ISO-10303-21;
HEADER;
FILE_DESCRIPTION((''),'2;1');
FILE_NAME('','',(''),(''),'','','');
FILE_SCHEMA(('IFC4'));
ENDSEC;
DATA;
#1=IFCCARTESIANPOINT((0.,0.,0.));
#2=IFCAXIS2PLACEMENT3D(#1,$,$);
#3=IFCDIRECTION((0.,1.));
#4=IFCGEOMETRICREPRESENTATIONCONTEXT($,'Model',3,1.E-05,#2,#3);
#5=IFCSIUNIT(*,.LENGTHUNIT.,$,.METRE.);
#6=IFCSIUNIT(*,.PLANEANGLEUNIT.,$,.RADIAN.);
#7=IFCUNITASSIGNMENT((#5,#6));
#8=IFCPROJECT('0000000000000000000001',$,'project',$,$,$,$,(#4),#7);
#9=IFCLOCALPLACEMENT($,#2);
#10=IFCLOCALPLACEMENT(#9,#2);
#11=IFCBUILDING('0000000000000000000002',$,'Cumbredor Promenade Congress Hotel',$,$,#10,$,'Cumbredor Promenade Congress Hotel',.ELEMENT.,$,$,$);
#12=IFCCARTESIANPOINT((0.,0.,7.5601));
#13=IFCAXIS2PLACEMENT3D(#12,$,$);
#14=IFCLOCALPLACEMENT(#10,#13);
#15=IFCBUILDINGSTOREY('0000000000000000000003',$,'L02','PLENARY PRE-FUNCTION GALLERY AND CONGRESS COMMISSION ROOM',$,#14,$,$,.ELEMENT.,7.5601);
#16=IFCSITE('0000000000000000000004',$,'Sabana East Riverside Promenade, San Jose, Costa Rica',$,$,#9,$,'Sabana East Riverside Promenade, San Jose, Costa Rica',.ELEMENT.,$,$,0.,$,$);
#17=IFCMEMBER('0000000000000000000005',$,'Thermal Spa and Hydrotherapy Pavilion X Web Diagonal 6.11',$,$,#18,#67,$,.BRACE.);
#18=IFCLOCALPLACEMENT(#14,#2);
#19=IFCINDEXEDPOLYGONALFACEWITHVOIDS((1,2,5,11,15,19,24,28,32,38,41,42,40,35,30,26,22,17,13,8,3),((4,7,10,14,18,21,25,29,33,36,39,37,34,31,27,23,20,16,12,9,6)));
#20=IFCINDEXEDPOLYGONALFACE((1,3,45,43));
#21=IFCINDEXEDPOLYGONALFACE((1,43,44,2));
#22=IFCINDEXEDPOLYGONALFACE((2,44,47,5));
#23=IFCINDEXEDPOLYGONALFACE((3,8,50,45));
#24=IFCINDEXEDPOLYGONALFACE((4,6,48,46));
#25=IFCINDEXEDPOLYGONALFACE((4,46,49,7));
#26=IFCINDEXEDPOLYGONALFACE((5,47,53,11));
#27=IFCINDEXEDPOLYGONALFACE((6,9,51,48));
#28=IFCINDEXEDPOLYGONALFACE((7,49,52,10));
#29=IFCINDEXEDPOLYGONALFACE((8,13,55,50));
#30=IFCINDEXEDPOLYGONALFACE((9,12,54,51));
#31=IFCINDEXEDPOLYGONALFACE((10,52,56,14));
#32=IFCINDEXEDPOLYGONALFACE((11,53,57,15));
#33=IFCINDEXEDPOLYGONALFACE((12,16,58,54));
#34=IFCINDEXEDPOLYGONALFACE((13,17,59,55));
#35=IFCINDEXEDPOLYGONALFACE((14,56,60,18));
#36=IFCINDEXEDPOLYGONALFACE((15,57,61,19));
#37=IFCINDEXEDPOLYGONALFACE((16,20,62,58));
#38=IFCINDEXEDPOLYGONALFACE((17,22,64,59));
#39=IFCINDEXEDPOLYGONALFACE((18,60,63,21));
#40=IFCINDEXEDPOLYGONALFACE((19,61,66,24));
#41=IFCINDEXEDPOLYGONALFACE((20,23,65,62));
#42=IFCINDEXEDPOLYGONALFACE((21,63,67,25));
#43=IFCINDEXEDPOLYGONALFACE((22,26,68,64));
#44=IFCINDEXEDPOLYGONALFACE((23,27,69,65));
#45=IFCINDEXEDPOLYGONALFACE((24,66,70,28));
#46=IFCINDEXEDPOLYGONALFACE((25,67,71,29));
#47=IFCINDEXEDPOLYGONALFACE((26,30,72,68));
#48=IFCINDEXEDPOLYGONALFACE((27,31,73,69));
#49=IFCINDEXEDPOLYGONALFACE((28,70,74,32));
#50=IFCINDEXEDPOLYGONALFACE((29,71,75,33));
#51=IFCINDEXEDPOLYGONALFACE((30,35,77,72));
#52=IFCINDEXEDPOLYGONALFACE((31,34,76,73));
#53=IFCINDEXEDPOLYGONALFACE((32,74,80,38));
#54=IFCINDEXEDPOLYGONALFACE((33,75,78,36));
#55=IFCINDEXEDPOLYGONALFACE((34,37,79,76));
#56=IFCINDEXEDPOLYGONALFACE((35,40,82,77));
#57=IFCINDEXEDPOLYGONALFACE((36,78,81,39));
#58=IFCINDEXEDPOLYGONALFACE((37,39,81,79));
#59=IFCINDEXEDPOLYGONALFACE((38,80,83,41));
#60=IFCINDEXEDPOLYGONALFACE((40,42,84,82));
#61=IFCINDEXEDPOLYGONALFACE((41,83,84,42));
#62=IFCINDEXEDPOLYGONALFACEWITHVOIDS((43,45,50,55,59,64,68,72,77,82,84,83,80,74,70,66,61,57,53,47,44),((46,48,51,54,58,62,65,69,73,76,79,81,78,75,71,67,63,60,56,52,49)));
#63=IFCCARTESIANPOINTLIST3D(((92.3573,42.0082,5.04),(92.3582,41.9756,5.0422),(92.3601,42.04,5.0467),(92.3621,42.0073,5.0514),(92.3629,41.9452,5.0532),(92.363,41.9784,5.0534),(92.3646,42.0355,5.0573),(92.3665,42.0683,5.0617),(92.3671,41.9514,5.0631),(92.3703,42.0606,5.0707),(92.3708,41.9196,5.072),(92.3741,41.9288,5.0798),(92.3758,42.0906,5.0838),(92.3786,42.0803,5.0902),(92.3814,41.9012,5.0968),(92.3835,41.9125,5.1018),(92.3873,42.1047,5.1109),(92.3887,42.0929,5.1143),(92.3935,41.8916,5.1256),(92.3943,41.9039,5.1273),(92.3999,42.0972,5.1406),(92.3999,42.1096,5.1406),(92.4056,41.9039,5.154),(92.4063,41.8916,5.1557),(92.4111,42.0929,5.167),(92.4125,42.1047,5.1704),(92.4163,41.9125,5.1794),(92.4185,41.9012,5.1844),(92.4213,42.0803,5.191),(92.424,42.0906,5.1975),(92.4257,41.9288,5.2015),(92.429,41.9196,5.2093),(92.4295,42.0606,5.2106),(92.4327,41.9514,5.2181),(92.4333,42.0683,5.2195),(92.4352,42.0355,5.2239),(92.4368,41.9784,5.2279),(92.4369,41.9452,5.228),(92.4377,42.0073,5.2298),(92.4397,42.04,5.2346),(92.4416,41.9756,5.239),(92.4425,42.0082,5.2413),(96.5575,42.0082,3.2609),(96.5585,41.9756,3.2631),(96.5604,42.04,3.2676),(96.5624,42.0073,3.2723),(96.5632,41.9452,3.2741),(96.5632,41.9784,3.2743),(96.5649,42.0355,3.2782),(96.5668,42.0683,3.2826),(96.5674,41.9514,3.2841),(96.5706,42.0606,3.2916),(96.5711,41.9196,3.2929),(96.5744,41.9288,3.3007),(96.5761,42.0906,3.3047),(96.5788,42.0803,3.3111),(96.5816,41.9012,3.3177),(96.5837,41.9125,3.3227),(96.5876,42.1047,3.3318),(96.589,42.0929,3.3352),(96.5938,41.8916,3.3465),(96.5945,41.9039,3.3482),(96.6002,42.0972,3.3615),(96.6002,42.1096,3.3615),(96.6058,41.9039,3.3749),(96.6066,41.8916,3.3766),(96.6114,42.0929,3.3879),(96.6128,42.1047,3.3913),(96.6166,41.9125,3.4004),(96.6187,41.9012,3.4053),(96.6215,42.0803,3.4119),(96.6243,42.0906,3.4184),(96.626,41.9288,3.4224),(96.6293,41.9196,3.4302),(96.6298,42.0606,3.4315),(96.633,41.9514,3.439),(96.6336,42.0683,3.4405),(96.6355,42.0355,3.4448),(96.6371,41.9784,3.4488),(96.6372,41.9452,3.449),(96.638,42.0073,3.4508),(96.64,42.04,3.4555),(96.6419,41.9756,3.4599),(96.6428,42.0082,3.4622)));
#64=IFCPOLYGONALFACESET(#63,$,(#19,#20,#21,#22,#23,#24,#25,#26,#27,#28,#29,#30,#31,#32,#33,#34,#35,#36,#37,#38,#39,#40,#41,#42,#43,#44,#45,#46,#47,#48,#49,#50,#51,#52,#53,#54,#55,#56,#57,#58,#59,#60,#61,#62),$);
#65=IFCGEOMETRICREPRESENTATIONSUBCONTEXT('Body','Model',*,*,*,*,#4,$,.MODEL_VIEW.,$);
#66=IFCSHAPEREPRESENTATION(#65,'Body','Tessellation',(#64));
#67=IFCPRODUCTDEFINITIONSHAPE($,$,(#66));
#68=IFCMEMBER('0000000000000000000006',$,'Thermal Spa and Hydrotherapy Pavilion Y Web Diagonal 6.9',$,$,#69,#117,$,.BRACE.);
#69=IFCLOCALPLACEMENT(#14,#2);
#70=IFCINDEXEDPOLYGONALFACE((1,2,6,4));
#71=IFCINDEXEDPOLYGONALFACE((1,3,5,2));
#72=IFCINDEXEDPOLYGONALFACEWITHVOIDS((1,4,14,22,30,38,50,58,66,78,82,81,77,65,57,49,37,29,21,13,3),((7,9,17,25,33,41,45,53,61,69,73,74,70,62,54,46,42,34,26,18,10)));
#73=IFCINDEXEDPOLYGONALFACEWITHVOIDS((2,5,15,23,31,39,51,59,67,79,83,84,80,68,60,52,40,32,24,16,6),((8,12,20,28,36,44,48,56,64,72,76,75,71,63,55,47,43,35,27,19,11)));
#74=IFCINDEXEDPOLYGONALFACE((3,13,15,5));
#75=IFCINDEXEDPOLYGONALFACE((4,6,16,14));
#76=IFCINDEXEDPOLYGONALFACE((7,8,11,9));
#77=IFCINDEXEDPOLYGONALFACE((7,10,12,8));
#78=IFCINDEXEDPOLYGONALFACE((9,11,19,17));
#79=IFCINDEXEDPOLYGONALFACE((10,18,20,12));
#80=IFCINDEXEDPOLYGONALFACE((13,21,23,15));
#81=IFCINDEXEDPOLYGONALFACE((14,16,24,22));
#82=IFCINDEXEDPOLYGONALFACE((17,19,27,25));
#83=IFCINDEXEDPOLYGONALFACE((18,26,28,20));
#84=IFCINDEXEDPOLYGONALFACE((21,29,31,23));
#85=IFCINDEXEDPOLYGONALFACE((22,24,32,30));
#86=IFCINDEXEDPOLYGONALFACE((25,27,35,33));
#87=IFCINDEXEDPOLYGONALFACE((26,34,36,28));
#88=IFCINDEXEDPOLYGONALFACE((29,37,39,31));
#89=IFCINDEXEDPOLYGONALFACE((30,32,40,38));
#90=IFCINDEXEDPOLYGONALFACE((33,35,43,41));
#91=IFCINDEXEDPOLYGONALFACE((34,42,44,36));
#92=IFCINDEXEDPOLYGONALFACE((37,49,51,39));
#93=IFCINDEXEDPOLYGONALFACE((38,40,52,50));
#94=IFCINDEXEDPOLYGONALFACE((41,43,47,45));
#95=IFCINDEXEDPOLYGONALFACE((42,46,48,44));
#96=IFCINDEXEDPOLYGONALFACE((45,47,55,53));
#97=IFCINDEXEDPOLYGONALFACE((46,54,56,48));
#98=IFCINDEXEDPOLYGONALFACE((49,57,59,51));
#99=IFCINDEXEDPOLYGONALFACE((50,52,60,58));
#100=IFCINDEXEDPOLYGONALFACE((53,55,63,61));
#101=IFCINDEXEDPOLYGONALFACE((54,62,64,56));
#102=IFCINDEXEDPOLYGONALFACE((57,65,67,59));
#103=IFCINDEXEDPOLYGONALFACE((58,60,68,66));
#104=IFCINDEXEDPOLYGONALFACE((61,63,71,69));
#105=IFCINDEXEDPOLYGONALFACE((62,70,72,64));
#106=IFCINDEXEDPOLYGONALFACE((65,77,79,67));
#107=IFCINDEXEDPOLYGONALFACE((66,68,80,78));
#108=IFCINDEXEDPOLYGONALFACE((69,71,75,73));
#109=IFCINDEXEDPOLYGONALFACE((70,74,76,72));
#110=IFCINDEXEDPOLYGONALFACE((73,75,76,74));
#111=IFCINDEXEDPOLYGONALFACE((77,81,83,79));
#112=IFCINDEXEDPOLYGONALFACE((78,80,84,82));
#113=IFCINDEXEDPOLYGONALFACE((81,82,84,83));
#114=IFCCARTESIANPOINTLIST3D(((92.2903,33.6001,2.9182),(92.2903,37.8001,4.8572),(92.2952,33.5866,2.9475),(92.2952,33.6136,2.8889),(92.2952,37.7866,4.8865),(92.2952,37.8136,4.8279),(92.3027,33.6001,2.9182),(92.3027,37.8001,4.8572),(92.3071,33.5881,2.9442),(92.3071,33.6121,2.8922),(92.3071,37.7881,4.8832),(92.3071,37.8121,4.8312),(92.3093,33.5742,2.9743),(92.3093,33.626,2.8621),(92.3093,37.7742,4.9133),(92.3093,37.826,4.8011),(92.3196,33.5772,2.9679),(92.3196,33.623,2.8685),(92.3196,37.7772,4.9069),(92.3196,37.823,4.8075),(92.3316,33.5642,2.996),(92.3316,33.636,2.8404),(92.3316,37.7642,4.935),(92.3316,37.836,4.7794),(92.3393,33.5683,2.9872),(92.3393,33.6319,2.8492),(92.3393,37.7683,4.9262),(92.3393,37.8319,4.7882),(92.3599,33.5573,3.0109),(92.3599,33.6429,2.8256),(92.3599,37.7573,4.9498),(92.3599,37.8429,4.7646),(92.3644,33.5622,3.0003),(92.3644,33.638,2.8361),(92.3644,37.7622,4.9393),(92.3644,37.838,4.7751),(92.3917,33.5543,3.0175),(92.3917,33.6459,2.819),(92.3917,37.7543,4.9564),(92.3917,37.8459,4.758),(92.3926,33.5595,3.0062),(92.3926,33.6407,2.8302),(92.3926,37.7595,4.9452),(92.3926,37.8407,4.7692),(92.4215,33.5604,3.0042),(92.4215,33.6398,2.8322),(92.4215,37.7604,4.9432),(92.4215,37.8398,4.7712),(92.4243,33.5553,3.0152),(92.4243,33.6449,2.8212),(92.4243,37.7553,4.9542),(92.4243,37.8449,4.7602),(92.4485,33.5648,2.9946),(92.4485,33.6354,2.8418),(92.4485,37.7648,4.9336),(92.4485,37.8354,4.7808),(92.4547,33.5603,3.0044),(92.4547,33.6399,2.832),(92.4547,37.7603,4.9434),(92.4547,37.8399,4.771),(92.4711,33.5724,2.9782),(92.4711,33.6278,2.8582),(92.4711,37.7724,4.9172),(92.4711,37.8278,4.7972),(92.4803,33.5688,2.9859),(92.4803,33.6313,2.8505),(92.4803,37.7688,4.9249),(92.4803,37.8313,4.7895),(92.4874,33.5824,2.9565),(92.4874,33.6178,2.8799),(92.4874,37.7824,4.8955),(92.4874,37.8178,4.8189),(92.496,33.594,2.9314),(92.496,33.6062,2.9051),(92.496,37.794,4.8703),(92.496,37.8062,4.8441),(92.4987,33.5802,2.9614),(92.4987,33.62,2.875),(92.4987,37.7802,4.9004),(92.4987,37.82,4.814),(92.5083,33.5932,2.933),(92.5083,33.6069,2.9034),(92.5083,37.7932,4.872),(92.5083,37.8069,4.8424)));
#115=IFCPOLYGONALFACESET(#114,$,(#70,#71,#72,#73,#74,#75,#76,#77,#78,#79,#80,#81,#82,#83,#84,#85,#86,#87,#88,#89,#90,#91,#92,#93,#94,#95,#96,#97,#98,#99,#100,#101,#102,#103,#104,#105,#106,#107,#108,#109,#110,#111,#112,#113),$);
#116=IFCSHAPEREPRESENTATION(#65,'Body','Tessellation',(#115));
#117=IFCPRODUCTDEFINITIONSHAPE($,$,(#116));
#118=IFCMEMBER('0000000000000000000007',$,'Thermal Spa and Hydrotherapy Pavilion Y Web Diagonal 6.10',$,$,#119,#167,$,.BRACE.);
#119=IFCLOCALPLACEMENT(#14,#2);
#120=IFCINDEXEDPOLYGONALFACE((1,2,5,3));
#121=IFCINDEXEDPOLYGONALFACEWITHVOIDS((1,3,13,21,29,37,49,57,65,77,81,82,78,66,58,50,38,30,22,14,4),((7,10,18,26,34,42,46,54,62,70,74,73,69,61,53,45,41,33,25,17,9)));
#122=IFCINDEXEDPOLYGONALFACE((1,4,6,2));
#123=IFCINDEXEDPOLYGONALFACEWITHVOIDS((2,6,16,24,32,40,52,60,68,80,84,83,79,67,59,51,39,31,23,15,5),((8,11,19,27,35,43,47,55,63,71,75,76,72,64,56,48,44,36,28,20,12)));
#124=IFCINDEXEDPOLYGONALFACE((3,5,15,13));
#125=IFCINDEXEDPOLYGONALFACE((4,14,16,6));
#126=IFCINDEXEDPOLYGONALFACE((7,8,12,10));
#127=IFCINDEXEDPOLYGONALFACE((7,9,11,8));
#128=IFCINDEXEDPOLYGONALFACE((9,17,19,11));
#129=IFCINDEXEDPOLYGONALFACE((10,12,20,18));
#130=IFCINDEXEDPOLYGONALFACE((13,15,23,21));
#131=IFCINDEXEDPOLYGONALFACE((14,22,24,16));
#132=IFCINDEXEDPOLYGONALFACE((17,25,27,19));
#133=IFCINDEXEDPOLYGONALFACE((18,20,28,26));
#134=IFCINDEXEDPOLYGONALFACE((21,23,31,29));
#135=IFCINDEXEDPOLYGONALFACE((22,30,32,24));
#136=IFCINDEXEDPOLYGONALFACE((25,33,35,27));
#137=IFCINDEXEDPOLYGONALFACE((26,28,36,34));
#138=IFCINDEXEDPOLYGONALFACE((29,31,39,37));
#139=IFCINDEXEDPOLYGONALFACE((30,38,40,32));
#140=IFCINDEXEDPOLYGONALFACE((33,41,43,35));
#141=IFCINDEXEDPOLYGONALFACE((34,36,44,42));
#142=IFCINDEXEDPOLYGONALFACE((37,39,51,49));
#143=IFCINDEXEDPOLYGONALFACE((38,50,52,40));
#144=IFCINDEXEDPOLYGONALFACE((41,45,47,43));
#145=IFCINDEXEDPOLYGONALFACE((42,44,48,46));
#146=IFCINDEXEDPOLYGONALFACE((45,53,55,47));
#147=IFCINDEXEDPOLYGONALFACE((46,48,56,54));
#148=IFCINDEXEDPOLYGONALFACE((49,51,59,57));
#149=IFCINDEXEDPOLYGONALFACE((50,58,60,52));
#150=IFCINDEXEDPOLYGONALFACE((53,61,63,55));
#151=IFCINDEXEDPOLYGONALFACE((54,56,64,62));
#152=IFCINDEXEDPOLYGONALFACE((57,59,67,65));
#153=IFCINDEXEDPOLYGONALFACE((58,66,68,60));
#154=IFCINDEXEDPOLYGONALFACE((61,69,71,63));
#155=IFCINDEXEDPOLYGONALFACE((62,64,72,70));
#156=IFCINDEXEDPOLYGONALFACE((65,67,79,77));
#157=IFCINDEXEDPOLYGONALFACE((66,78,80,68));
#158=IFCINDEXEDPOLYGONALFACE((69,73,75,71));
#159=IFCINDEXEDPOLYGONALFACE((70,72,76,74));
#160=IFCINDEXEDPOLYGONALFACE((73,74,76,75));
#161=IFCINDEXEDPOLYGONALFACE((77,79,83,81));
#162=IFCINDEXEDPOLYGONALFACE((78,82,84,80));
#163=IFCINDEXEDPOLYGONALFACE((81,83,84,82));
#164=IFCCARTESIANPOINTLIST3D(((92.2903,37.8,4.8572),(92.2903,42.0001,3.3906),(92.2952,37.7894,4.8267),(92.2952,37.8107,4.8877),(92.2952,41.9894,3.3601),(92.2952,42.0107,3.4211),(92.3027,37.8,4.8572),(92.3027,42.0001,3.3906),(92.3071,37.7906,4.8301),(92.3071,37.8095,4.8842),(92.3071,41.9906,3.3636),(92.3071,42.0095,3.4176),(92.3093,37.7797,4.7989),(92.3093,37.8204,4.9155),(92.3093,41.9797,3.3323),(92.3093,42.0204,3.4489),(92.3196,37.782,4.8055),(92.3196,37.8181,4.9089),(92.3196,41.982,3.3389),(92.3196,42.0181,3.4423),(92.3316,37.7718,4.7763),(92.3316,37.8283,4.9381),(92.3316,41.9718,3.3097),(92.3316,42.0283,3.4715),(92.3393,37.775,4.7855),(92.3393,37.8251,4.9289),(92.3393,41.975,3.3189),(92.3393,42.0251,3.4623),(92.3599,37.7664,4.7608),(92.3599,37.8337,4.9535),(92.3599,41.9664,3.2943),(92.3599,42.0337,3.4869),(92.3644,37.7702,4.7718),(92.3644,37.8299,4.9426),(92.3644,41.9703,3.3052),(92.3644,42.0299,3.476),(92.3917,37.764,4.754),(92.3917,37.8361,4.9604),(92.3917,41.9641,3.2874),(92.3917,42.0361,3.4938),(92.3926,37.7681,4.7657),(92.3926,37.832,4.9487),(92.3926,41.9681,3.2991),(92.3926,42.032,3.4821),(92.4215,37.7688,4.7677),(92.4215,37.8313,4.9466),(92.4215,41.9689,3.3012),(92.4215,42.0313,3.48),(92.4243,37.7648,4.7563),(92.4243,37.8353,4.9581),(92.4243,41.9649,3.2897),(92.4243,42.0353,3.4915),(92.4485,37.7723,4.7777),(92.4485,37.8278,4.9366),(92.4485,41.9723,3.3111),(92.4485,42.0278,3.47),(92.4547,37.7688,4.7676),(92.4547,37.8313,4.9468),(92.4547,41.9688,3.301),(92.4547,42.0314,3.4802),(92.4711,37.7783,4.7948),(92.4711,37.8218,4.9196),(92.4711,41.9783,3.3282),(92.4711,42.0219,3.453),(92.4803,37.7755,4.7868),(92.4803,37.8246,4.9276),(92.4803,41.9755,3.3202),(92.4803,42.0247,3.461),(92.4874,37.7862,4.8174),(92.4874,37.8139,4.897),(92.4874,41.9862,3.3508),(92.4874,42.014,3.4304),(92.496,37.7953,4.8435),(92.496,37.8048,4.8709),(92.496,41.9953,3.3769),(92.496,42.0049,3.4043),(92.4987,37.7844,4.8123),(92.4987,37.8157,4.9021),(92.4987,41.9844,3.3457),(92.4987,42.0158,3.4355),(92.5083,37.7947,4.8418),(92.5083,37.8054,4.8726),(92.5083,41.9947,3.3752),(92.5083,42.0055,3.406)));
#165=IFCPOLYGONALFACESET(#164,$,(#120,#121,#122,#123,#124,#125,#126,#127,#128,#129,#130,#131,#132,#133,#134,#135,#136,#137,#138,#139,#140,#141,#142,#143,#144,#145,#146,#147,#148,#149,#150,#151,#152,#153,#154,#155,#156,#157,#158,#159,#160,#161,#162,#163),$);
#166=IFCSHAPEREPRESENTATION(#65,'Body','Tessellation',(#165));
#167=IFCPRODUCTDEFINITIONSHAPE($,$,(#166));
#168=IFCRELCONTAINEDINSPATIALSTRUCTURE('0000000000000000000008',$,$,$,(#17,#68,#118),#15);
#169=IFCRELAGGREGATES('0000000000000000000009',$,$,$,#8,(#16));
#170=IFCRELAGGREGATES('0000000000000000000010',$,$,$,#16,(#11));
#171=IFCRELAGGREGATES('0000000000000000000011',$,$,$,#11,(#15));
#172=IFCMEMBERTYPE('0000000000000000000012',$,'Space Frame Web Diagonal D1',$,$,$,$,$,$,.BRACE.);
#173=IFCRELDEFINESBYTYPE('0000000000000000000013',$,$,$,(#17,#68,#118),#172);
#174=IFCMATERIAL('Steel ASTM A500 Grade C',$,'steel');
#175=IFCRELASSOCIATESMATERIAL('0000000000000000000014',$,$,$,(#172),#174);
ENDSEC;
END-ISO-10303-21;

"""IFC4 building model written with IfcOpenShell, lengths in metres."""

from ifc_helpers import new_model, si_unit, direction, frame, origin, origin_2d, place, context, subcontext, project, spatial, hollow_circle, extrude, material, material_profile, profile_set, type_object, element, save


model = new_model("IFC4")

# Units and contexts
model_context = context("Model", 3, precision=1e-05, world=origin(), true_north=direction((0.0, 1.0)))
body_context = subcontext(model_context, "Body", "Model", "MODEL_VIEW")
ifc_project = project(units=[si_unit("LENGTHUNIT", "METRE"), si_unit("PLANEANGLEUNIT", "RADIAN")], contexts=[model_context])

# Site, building, storey
site_placement = place(None, origin())
site = spatial("IfcSite", under=ifc_project, at=site_placement, Name="Sabana East Riverside Promenade, San Jose, Costa Rica", LongName="Sabana East Riverside Promenade, San Jose, Costa Rica", CompositionType="ELEMENT", RefElevation=0.0)
building_placement = place(site_placement, origin())
building = spatial("IfcBuilding", under=site, at=building_placement, Name="Cumbredor Promenade Congress Hotel", LongName="Cumbredor Promenade Congress Hotel", CompositionType="ELEMENT")
storey_placement = place(building_placement, frame((0.0, 0.0, 7.5601)))
storey = spatial("IfcBuildingStorey", under=building, at=storey_placement, Name="L02", Description="PLENARY PRE-FUNCTION GALLERY AND CONGRESS COMMISSION ROOM", CompositionType="ELEMENT", Elevation=7.5601)

# Members
ifc_material_1 = material(Name="Steel ASTM A500 Grade C", Category="steel")
ifc_material_profile_1 = material_profile(ifc_material_1, hollow_circle(Radius=0.1096, WallThickness=0.0125, at=origin_2d()), Name="CHS 219.1x12.5")
ifc_profile_set_1 = profile_set([ifc_material_profile_1], Name="Steel ASTM A500 Grade C")
member_type_1 = type_object("IfcMemberType", Name="Space Frame Web Diagonal D1", PredefinedType="BRACE", material=ifc_profile_set_1)
member_1_placement = place(storey_placement, frame((92.3999, 42.0, 5.1406), z_axis=(0.920806, 0.0, -0.390021), x_axis=(0.0, 1.0, 0.0)))
element("IfcMember", 1, at=member_1_placement, inside=storey, type_object=member_type_1, Name="Thermal Spa and Hydrotherapy Pavilion X Web Diagonal 6.11", PredefinedType="BRACE", context=body_context, shape_type="SweptSolid", body=[
    extrude(hollow_circle(Radius=0.1096, WallThickness=0.0125, at=origin_2d()), origin(), (0.0, 0.0, 1.0), 4.5615),
])
member_2_placement = place(storey_placement, frame((92.3999, 33.6001, 2.9182), z_axis=(0.0, 0.907916, 0.419152), x_axis=(-1.0, 0.0, 0.0)))
element("IfcMember", 2, at=member_2_placement, inside=storey, type_object=member_type_1, Name="Thermal Spa and Hydrotherapy Pavilion Y Web Diagonal 6.9", PredefinedType="BRACE", context=body_context, shape_type="SweptSolid", body=[
    extrude(hollow_circle(Radius=0.1096, WallThickness=0.0125, at=origin_2d()), origin(), (0.0, 0.0, 1.0), 4.626),
])
member_3_placement = place(storey_placement, frame((92.3999, 37.8, 4.8572), z_axis=(0.0, 0.944099, -0.329663), x_axis=(-1.0, 0.0, 0.0)))
element("IfcMember", 3, at=member_3_placement, inside=storey, type_object=member_type_1, Name="Thermal Spa and Hydrotherapy Pavilion Y Web Diagonal 6.10", PredefinedType="BRACE", context=body_context, shape_type="SweptSolid", body=[
    extrude(hollow_circle(Radius=0.1096, WallThickness=0.0125, at=origin_2d()), origin(), (0.0, 0.0, 1.0), 4.4487),
])

save(model, "model.ifc")
